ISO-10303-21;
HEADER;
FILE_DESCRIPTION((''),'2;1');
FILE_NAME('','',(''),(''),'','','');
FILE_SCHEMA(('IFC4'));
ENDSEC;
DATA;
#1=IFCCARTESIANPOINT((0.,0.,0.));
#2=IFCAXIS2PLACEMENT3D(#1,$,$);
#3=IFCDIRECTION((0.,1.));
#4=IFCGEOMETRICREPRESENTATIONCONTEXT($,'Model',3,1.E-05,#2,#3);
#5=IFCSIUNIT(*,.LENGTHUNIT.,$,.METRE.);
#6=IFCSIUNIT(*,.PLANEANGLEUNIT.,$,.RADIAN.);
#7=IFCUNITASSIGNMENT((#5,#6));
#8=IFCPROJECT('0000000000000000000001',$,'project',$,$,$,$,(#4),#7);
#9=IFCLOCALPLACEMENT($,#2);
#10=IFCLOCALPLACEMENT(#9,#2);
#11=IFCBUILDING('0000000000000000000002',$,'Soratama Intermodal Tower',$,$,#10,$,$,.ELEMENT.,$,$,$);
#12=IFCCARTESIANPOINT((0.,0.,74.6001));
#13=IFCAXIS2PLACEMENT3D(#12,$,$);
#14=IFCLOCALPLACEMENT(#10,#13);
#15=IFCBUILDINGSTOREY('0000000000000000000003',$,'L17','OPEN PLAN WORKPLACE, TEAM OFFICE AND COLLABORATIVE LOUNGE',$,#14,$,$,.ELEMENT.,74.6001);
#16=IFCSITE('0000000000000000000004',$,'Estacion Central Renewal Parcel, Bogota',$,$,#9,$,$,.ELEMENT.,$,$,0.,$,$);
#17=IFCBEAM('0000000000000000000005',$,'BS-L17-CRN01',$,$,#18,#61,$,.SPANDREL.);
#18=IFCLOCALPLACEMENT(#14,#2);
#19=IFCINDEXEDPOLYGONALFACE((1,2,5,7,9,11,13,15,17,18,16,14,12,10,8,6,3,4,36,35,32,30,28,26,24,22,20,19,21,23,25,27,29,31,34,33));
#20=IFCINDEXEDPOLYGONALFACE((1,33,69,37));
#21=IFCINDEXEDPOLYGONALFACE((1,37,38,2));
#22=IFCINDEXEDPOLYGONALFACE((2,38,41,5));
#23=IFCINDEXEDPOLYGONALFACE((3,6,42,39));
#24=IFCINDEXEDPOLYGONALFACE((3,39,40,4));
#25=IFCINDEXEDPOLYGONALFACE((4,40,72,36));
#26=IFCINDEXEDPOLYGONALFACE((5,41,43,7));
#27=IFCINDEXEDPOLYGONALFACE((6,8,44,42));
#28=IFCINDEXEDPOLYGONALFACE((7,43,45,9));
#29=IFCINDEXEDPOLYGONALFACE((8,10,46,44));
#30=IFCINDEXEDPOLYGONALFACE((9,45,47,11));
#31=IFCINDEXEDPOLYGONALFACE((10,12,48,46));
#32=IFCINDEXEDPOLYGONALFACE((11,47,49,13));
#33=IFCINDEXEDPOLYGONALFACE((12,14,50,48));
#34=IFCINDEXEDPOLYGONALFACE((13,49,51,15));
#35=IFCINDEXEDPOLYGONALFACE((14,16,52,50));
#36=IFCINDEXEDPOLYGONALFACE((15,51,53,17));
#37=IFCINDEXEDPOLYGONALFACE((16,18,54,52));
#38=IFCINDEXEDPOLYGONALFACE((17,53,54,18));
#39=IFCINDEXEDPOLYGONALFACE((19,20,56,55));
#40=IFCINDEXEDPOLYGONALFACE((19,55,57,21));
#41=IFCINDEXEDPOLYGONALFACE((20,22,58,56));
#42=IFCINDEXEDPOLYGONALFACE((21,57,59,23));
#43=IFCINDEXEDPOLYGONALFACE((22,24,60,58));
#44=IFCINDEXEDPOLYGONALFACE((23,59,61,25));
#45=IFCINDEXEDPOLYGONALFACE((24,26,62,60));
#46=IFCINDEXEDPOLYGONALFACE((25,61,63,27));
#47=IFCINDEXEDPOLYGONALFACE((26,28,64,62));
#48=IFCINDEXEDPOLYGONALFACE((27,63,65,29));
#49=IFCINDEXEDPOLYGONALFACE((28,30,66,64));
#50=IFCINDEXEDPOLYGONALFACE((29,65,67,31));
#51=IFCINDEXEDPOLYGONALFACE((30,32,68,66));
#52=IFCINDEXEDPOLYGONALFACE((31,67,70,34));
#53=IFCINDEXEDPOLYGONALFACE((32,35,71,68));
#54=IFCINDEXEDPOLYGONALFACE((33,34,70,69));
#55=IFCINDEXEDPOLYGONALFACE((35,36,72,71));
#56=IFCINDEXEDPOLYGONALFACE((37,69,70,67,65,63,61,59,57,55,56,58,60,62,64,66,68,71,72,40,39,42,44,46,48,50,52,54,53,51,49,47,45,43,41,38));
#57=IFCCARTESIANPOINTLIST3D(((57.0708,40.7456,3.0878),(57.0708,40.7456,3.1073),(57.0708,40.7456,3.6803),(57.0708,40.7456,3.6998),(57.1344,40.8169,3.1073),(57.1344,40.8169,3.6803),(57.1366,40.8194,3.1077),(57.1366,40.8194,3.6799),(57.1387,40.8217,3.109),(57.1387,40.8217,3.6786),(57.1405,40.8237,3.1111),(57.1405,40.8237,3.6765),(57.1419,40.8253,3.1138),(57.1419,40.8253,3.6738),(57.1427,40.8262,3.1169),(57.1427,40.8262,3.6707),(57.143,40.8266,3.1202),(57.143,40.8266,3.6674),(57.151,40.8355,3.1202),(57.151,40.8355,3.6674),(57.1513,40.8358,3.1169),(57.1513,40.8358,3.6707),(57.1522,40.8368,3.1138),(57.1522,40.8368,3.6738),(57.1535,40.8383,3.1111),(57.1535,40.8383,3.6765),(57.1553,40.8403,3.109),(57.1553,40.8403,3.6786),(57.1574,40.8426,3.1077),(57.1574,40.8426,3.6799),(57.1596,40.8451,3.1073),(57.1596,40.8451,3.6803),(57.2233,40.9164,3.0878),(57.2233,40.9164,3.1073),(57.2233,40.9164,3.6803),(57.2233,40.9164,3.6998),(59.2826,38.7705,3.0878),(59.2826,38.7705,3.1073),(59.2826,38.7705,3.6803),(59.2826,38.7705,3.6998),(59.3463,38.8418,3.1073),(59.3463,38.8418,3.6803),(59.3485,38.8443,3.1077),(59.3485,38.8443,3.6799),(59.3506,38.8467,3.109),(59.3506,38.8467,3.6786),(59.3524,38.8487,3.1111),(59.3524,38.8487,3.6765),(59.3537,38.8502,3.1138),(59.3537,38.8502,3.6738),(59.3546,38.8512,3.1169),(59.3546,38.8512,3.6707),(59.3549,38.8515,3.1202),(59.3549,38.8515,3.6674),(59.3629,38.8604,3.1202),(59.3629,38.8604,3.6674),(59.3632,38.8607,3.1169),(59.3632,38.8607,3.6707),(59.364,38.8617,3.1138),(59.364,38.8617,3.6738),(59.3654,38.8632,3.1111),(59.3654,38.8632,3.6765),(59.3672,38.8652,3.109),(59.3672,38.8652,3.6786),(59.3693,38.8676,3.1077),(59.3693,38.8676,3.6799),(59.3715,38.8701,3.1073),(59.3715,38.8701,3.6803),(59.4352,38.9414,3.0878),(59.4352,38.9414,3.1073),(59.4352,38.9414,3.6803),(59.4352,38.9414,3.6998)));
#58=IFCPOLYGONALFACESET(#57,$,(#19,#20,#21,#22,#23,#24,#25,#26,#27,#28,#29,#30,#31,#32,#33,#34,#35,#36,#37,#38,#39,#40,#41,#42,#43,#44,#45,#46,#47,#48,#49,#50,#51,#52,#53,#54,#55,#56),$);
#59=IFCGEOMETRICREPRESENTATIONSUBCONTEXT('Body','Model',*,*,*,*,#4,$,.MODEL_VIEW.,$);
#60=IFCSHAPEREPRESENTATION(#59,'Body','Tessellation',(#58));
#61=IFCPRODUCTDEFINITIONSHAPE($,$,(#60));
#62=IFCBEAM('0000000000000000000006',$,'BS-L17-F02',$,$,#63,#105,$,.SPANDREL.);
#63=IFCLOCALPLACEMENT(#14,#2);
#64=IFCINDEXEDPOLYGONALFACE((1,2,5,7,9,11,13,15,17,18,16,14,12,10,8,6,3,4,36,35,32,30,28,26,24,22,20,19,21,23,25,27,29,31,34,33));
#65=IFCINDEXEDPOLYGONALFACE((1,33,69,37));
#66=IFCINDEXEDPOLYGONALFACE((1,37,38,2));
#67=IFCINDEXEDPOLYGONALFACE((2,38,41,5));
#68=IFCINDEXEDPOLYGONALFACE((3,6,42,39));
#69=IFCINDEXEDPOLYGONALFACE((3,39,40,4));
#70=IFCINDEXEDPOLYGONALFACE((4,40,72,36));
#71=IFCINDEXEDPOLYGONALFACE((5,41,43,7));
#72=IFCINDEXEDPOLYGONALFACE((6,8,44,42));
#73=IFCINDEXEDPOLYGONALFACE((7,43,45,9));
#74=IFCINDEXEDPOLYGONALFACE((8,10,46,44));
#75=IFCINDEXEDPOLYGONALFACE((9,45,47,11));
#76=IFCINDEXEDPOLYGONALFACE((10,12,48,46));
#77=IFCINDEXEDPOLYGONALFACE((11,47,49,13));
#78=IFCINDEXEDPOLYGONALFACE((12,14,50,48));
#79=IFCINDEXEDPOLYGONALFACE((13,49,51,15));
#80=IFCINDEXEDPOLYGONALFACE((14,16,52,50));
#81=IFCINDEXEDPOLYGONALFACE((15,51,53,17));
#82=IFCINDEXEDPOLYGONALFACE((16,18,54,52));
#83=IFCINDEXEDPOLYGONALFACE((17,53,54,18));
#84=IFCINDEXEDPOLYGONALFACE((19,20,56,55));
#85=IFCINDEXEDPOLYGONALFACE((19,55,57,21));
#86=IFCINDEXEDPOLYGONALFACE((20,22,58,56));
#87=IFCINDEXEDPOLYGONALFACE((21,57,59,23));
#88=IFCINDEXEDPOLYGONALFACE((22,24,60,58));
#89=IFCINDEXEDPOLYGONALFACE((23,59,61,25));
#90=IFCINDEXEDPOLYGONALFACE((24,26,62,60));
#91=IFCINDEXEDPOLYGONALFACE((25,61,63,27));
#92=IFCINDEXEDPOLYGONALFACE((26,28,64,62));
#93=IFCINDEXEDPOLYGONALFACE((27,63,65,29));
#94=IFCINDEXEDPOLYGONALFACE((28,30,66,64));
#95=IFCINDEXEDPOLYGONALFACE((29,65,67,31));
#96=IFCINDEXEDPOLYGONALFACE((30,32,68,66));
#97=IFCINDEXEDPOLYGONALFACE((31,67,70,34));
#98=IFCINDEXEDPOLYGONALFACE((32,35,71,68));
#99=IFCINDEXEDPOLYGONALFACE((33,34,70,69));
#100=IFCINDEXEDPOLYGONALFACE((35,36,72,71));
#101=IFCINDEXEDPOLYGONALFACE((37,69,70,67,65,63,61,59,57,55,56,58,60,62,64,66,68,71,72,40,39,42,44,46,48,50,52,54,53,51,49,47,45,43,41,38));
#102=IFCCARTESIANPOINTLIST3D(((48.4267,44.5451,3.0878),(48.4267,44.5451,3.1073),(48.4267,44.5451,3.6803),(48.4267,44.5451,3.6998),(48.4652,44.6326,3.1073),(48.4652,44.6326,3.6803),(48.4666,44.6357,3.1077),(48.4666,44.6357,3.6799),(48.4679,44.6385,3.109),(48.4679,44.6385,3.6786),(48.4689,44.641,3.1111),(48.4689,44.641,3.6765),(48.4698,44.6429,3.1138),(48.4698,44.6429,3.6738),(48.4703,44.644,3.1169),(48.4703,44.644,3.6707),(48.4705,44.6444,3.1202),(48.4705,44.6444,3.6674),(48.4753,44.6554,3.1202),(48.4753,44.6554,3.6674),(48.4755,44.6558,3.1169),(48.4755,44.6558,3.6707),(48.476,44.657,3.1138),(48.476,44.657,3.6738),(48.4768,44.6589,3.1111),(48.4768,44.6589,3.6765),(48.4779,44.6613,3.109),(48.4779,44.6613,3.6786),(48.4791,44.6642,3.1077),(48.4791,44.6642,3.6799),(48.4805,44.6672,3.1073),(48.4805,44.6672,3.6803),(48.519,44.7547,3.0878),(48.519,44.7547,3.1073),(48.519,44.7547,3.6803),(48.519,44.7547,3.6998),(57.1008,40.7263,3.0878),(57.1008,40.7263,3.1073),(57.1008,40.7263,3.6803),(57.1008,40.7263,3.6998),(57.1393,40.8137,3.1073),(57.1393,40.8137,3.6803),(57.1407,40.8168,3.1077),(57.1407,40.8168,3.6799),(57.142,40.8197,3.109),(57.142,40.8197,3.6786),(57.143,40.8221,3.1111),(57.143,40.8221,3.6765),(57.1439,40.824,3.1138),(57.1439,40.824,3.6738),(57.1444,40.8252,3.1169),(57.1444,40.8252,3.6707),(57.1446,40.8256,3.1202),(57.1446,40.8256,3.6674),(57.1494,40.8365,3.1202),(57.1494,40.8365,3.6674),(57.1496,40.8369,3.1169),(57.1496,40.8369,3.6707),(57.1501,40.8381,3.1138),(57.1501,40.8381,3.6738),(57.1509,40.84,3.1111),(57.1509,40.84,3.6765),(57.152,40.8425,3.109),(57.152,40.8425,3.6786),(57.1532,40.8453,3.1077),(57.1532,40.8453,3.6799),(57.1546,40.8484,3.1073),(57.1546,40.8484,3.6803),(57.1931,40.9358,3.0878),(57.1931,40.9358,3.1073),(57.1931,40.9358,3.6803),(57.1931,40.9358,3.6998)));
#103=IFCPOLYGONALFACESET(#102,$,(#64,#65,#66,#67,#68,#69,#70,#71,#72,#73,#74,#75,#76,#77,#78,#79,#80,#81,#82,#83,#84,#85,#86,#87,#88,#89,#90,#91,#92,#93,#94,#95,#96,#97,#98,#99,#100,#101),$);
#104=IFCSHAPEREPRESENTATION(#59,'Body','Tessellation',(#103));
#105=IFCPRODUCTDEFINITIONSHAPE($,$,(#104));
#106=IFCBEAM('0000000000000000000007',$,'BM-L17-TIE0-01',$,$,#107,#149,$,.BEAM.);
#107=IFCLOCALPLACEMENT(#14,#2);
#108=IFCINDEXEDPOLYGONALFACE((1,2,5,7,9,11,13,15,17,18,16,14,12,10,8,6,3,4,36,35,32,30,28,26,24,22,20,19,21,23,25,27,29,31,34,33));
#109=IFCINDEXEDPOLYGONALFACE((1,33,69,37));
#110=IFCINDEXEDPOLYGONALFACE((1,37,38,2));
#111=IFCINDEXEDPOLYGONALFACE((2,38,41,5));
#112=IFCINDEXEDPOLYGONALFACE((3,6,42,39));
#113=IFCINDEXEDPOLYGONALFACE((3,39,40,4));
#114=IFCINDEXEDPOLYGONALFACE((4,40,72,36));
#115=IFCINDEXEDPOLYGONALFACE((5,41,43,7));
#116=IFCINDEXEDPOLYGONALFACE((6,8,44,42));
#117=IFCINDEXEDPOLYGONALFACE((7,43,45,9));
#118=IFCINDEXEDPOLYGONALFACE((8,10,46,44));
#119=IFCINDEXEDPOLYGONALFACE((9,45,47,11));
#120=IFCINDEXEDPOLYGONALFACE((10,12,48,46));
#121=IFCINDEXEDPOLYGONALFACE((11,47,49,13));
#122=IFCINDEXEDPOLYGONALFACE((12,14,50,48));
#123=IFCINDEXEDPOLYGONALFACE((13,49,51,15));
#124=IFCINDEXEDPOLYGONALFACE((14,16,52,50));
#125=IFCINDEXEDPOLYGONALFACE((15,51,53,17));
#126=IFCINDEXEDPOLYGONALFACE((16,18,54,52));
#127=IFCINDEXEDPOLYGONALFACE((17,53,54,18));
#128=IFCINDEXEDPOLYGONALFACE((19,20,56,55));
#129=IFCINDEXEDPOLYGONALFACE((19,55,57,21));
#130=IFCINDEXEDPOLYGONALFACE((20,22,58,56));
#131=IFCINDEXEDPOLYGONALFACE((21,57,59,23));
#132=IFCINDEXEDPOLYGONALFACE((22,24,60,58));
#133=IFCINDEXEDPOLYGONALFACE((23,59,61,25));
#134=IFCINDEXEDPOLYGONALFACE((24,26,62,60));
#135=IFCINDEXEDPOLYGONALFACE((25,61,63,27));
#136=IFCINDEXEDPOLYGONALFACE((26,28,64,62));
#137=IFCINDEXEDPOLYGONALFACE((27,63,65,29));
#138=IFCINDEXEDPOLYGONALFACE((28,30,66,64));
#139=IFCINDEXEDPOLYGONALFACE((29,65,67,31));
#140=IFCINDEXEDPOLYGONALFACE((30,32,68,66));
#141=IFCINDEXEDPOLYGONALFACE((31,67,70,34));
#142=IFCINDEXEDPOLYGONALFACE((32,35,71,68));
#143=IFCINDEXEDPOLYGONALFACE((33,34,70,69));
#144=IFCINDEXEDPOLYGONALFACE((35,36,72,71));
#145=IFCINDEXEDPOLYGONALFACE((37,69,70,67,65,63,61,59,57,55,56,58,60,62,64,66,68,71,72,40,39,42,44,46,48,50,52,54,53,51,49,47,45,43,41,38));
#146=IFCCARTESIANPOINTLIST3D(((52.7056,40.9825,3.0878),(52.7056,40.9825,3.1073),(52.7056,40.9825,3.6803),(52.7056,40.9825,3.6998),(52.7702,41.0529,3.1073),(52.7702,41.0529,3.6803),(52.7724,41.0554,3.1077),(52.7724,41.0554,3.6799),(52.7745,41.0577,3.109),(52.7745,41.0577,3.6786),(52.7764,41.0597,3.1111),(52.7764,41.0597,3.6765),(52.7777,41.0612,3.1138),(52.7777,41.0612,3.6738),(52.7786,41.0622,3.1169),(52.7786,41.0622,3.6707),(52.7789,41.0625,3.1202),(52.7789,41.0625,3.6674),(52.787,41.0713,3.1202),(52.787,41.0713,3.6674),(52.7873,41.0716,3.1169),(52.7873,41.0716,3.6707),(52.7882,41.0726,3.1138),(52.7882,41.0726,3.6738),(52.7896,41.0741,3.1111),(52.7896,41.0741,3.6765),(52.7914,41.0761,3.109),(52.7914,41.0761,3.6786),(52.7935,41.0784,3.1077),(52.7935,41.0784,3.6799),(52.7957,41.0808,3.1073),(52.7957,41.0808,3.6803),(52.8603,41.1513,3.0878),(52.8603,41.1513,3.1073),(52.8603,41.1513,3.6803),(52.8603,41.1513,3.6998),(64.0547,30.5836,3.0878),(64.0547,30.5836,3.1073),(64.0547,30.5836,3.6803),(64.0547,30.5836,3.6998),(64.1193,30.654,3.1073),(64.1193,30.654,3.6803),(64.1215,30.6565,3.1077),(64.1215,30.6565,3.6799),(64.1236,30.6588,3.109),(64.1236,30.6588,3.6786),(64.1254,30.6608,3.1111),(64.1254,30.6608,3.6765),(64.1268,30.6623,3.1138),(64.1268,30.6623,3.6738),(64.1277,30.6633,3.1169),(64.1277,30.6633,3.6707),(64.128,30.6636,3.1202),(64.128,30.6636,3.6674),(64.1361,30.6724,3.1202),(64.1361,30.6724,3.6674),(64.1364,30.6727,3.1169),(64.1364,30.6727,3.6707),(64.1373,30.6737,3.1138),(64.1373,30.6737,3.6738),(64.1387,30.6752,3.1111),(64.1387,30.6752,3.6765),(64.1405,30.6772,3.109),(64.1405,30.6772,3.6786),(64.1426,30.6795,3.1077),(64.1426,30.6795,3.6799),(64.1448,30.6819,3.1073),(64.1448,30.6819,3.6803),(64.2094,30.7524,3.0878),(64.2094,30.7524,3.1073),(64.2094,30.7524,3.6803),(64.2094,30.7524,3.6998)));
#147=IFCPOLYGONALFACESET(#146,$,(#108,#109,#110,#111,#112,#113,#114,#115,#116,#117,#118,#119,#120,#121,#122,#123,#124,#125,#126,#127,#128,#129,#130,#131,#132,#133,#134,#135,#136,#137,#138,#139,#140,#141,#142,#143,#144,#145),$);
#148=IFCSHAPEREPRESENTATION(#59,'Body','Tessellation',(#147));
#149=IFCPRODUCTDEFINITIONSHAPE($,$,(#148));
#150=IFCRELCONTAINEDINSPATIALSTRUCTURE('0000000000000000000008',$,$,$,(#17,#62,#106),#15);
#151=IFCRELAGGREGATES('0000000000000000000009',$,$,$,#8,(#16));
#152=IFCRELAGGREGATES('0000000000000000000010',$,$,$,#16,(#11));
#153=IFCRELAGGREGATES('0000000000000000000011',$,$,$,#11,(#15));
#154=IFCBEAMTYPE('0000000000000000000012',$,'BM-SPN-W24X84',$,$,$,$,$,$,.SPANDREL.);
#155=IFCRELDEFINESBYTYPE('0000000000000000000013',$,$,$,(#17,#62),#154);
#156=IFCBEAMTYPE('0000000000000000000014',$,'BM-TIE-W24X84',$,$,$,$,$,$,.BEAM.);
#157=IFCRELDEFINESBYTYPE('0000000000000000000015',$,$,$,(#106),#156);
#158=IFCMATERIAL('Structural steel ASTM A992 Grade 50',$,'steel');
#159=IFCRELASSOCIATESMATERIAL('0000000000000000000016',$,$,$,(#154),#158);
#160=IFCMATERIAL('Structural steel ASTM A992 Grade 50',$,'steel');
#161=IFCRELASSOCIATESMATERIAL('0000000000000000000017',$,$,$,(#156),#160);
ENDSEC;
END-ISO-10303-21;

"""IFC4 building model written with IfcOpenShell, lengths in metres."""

from ifc_helpers import new_model, si_unit, direction, frame, origin, origin_2d, place, context, subcontext, project, spatial, i_section, extrude, material, material_profile, profile_set, type_object, element, save


model = new_model("IFC4")

# Units and contexts
model_context = context("Model", 3, precision=1e-05, world=origin(), true_north=direction((0.0, 1.0)))
body_context = subcontext(model_context, "Body", "Model", "MODEL_VIEW")
ifc_project = project(units=[si_unit("LENGTHUNIT", "METRE"), si_unit("PLANEANGLEUNIT", "RADIAN")], contexts=[model_context])

# Site, building, storey
site_placement = place(None, origin())
site = spatial("IfcSite", under=ifc_project, at=site_placement, Name="Estacion Central Renewal Parcel, Bogota", CompositionType="ELEMENT", RefElevation=0.0)
building_placement = place(site_placement, origin())
building = spatial("IfcBuilding", under=site, at=building_placement, Name="Soratama Intermodal Tower", CompositionType="ELEMENT")
storey_placement = place(building_placement, frame((0.0, 0.0, 74.6001)))
storey = spatial("IfcBuildingStorey", under=building, at=storey_placement, Name="L17", Description="OPEN PLAN WORKPLACE, TEAM OFFICE AND COLLABORATIVE LOUNGE", CompositionType="ELEMENT", Elevation=74.6001)

# Beams
ifc_material_1 = material(Name="Structural steel ASTM A992 Grade 50", Category="steel")
ifc_material_profile_1 = material_profile(ifc_material_1, i_section(OverallWidth=0.229, OverallDepth=0.6121, WebThickness=0.012, FlangeThickness=0.0195, FilletRadius=0.0129, at=origin_2d()), Name="W24X84")
ifc_profile_set_1 = profile_set([ifc_material_profile_1], Name="Structural steel ASTM A992 Grade 50")
beam_type_1 = type_object("IfcBeamType", Name="BM-SPN-W24X84", PredefinedType="SPANDREL", material=ifc_profile_set_1)
beam_1_placement = place(storey_placement, frame((59.3589, 38.856, 3.3938), z_axis=(-0.745908, 0.666048, 0.0), x_axis=(-0.666048, -0.745908, 0.0)))
element("IfcBeam", 1, at=beam_1_placement, inside=storey, type_object=beam_type_1, Name="BS-L17-CRN01", PredefinedType="SPANDREL", context=body_context, shape_type="SweptSolid", body=[
    extrude(i_section(OverallWidth=0.229, OverallDepth=0.6121, WebThickness=0.012, FlangeThickness=0.0195, FilletRadius=0.0129, at=origin_2d()), origin(), (0.0, 0.0, 1.0), 2.9653),
])
beam_2_placement = place(storey_placement, frame((57.147, 40.8311, 3.3938), z_axis=(-0.915227, 0.402938, 0.0), x_axis=(-0.402938, -0.915227, 0.0)))
element("IfcBeam", 2, at=beam_2_placement, inside=storey, type_object=beam_type_1, Name="BS-L17-F02", PredefinedType="SPANDREL", context=body_context, shape_type="SweptSolid", body=[
    extrude(i_section(OverallWidth=0.229, OverallDepth=0.6121, WebThickness=0.012, FlangeThickness=0.0195, FilletRadius=0.0129, at=origin_2d()), origin(), (0.0, 0.0, 1.0), 9.4775),
])
ifc_material_2 = material(Name="Structural steel ASTM A992 Grade 50", Category="steel")
ifc_material_profile_2 = material_profile(ifc_material_2, i_section(OverallWidth=0.229, OverallDepth=0.6121, WebThickness=0.012, FlangeThickness=0.0195, FilletRadius=0.0129, at=origin_2d()), Name="W24X84")
ifc_profile_set_2 = profile_set([ifc_material_profile_2], Name="Structural steel ASTM A992 Grade 50")
beam_type_2 = type_object("IfcBeamType", Name="BM-TIE-W24X84", PredefinedType="BEAM", material=ifc_profile_set_2)
beam_3_placement = place(storey_placement, frame((52.783, 41.0669, 3.3938), z_axis=(0.737298, -0.675568, 0.0), x_axis=(0.675568, 0.737298, 0.0)))
element("IfcBeam", 3, at=beam_3_placement, inside=storey, type_object=beam_type_2, Name="BM-L17-TIE0-01", PredefinedType="BEAM", context=body_context, shape_type="SweptSolid", body=[
    extrude(i_section(OverallWidth=0.229, OverallDepth=0.6121, WebThickness=0.012, FlangeThickness=0.0195, FilletRadius=0.0129, at=origin_2d()), origin(), (0.0, 0.0, 1.0), 15.3928),
])

save(model, "model.ifc")
